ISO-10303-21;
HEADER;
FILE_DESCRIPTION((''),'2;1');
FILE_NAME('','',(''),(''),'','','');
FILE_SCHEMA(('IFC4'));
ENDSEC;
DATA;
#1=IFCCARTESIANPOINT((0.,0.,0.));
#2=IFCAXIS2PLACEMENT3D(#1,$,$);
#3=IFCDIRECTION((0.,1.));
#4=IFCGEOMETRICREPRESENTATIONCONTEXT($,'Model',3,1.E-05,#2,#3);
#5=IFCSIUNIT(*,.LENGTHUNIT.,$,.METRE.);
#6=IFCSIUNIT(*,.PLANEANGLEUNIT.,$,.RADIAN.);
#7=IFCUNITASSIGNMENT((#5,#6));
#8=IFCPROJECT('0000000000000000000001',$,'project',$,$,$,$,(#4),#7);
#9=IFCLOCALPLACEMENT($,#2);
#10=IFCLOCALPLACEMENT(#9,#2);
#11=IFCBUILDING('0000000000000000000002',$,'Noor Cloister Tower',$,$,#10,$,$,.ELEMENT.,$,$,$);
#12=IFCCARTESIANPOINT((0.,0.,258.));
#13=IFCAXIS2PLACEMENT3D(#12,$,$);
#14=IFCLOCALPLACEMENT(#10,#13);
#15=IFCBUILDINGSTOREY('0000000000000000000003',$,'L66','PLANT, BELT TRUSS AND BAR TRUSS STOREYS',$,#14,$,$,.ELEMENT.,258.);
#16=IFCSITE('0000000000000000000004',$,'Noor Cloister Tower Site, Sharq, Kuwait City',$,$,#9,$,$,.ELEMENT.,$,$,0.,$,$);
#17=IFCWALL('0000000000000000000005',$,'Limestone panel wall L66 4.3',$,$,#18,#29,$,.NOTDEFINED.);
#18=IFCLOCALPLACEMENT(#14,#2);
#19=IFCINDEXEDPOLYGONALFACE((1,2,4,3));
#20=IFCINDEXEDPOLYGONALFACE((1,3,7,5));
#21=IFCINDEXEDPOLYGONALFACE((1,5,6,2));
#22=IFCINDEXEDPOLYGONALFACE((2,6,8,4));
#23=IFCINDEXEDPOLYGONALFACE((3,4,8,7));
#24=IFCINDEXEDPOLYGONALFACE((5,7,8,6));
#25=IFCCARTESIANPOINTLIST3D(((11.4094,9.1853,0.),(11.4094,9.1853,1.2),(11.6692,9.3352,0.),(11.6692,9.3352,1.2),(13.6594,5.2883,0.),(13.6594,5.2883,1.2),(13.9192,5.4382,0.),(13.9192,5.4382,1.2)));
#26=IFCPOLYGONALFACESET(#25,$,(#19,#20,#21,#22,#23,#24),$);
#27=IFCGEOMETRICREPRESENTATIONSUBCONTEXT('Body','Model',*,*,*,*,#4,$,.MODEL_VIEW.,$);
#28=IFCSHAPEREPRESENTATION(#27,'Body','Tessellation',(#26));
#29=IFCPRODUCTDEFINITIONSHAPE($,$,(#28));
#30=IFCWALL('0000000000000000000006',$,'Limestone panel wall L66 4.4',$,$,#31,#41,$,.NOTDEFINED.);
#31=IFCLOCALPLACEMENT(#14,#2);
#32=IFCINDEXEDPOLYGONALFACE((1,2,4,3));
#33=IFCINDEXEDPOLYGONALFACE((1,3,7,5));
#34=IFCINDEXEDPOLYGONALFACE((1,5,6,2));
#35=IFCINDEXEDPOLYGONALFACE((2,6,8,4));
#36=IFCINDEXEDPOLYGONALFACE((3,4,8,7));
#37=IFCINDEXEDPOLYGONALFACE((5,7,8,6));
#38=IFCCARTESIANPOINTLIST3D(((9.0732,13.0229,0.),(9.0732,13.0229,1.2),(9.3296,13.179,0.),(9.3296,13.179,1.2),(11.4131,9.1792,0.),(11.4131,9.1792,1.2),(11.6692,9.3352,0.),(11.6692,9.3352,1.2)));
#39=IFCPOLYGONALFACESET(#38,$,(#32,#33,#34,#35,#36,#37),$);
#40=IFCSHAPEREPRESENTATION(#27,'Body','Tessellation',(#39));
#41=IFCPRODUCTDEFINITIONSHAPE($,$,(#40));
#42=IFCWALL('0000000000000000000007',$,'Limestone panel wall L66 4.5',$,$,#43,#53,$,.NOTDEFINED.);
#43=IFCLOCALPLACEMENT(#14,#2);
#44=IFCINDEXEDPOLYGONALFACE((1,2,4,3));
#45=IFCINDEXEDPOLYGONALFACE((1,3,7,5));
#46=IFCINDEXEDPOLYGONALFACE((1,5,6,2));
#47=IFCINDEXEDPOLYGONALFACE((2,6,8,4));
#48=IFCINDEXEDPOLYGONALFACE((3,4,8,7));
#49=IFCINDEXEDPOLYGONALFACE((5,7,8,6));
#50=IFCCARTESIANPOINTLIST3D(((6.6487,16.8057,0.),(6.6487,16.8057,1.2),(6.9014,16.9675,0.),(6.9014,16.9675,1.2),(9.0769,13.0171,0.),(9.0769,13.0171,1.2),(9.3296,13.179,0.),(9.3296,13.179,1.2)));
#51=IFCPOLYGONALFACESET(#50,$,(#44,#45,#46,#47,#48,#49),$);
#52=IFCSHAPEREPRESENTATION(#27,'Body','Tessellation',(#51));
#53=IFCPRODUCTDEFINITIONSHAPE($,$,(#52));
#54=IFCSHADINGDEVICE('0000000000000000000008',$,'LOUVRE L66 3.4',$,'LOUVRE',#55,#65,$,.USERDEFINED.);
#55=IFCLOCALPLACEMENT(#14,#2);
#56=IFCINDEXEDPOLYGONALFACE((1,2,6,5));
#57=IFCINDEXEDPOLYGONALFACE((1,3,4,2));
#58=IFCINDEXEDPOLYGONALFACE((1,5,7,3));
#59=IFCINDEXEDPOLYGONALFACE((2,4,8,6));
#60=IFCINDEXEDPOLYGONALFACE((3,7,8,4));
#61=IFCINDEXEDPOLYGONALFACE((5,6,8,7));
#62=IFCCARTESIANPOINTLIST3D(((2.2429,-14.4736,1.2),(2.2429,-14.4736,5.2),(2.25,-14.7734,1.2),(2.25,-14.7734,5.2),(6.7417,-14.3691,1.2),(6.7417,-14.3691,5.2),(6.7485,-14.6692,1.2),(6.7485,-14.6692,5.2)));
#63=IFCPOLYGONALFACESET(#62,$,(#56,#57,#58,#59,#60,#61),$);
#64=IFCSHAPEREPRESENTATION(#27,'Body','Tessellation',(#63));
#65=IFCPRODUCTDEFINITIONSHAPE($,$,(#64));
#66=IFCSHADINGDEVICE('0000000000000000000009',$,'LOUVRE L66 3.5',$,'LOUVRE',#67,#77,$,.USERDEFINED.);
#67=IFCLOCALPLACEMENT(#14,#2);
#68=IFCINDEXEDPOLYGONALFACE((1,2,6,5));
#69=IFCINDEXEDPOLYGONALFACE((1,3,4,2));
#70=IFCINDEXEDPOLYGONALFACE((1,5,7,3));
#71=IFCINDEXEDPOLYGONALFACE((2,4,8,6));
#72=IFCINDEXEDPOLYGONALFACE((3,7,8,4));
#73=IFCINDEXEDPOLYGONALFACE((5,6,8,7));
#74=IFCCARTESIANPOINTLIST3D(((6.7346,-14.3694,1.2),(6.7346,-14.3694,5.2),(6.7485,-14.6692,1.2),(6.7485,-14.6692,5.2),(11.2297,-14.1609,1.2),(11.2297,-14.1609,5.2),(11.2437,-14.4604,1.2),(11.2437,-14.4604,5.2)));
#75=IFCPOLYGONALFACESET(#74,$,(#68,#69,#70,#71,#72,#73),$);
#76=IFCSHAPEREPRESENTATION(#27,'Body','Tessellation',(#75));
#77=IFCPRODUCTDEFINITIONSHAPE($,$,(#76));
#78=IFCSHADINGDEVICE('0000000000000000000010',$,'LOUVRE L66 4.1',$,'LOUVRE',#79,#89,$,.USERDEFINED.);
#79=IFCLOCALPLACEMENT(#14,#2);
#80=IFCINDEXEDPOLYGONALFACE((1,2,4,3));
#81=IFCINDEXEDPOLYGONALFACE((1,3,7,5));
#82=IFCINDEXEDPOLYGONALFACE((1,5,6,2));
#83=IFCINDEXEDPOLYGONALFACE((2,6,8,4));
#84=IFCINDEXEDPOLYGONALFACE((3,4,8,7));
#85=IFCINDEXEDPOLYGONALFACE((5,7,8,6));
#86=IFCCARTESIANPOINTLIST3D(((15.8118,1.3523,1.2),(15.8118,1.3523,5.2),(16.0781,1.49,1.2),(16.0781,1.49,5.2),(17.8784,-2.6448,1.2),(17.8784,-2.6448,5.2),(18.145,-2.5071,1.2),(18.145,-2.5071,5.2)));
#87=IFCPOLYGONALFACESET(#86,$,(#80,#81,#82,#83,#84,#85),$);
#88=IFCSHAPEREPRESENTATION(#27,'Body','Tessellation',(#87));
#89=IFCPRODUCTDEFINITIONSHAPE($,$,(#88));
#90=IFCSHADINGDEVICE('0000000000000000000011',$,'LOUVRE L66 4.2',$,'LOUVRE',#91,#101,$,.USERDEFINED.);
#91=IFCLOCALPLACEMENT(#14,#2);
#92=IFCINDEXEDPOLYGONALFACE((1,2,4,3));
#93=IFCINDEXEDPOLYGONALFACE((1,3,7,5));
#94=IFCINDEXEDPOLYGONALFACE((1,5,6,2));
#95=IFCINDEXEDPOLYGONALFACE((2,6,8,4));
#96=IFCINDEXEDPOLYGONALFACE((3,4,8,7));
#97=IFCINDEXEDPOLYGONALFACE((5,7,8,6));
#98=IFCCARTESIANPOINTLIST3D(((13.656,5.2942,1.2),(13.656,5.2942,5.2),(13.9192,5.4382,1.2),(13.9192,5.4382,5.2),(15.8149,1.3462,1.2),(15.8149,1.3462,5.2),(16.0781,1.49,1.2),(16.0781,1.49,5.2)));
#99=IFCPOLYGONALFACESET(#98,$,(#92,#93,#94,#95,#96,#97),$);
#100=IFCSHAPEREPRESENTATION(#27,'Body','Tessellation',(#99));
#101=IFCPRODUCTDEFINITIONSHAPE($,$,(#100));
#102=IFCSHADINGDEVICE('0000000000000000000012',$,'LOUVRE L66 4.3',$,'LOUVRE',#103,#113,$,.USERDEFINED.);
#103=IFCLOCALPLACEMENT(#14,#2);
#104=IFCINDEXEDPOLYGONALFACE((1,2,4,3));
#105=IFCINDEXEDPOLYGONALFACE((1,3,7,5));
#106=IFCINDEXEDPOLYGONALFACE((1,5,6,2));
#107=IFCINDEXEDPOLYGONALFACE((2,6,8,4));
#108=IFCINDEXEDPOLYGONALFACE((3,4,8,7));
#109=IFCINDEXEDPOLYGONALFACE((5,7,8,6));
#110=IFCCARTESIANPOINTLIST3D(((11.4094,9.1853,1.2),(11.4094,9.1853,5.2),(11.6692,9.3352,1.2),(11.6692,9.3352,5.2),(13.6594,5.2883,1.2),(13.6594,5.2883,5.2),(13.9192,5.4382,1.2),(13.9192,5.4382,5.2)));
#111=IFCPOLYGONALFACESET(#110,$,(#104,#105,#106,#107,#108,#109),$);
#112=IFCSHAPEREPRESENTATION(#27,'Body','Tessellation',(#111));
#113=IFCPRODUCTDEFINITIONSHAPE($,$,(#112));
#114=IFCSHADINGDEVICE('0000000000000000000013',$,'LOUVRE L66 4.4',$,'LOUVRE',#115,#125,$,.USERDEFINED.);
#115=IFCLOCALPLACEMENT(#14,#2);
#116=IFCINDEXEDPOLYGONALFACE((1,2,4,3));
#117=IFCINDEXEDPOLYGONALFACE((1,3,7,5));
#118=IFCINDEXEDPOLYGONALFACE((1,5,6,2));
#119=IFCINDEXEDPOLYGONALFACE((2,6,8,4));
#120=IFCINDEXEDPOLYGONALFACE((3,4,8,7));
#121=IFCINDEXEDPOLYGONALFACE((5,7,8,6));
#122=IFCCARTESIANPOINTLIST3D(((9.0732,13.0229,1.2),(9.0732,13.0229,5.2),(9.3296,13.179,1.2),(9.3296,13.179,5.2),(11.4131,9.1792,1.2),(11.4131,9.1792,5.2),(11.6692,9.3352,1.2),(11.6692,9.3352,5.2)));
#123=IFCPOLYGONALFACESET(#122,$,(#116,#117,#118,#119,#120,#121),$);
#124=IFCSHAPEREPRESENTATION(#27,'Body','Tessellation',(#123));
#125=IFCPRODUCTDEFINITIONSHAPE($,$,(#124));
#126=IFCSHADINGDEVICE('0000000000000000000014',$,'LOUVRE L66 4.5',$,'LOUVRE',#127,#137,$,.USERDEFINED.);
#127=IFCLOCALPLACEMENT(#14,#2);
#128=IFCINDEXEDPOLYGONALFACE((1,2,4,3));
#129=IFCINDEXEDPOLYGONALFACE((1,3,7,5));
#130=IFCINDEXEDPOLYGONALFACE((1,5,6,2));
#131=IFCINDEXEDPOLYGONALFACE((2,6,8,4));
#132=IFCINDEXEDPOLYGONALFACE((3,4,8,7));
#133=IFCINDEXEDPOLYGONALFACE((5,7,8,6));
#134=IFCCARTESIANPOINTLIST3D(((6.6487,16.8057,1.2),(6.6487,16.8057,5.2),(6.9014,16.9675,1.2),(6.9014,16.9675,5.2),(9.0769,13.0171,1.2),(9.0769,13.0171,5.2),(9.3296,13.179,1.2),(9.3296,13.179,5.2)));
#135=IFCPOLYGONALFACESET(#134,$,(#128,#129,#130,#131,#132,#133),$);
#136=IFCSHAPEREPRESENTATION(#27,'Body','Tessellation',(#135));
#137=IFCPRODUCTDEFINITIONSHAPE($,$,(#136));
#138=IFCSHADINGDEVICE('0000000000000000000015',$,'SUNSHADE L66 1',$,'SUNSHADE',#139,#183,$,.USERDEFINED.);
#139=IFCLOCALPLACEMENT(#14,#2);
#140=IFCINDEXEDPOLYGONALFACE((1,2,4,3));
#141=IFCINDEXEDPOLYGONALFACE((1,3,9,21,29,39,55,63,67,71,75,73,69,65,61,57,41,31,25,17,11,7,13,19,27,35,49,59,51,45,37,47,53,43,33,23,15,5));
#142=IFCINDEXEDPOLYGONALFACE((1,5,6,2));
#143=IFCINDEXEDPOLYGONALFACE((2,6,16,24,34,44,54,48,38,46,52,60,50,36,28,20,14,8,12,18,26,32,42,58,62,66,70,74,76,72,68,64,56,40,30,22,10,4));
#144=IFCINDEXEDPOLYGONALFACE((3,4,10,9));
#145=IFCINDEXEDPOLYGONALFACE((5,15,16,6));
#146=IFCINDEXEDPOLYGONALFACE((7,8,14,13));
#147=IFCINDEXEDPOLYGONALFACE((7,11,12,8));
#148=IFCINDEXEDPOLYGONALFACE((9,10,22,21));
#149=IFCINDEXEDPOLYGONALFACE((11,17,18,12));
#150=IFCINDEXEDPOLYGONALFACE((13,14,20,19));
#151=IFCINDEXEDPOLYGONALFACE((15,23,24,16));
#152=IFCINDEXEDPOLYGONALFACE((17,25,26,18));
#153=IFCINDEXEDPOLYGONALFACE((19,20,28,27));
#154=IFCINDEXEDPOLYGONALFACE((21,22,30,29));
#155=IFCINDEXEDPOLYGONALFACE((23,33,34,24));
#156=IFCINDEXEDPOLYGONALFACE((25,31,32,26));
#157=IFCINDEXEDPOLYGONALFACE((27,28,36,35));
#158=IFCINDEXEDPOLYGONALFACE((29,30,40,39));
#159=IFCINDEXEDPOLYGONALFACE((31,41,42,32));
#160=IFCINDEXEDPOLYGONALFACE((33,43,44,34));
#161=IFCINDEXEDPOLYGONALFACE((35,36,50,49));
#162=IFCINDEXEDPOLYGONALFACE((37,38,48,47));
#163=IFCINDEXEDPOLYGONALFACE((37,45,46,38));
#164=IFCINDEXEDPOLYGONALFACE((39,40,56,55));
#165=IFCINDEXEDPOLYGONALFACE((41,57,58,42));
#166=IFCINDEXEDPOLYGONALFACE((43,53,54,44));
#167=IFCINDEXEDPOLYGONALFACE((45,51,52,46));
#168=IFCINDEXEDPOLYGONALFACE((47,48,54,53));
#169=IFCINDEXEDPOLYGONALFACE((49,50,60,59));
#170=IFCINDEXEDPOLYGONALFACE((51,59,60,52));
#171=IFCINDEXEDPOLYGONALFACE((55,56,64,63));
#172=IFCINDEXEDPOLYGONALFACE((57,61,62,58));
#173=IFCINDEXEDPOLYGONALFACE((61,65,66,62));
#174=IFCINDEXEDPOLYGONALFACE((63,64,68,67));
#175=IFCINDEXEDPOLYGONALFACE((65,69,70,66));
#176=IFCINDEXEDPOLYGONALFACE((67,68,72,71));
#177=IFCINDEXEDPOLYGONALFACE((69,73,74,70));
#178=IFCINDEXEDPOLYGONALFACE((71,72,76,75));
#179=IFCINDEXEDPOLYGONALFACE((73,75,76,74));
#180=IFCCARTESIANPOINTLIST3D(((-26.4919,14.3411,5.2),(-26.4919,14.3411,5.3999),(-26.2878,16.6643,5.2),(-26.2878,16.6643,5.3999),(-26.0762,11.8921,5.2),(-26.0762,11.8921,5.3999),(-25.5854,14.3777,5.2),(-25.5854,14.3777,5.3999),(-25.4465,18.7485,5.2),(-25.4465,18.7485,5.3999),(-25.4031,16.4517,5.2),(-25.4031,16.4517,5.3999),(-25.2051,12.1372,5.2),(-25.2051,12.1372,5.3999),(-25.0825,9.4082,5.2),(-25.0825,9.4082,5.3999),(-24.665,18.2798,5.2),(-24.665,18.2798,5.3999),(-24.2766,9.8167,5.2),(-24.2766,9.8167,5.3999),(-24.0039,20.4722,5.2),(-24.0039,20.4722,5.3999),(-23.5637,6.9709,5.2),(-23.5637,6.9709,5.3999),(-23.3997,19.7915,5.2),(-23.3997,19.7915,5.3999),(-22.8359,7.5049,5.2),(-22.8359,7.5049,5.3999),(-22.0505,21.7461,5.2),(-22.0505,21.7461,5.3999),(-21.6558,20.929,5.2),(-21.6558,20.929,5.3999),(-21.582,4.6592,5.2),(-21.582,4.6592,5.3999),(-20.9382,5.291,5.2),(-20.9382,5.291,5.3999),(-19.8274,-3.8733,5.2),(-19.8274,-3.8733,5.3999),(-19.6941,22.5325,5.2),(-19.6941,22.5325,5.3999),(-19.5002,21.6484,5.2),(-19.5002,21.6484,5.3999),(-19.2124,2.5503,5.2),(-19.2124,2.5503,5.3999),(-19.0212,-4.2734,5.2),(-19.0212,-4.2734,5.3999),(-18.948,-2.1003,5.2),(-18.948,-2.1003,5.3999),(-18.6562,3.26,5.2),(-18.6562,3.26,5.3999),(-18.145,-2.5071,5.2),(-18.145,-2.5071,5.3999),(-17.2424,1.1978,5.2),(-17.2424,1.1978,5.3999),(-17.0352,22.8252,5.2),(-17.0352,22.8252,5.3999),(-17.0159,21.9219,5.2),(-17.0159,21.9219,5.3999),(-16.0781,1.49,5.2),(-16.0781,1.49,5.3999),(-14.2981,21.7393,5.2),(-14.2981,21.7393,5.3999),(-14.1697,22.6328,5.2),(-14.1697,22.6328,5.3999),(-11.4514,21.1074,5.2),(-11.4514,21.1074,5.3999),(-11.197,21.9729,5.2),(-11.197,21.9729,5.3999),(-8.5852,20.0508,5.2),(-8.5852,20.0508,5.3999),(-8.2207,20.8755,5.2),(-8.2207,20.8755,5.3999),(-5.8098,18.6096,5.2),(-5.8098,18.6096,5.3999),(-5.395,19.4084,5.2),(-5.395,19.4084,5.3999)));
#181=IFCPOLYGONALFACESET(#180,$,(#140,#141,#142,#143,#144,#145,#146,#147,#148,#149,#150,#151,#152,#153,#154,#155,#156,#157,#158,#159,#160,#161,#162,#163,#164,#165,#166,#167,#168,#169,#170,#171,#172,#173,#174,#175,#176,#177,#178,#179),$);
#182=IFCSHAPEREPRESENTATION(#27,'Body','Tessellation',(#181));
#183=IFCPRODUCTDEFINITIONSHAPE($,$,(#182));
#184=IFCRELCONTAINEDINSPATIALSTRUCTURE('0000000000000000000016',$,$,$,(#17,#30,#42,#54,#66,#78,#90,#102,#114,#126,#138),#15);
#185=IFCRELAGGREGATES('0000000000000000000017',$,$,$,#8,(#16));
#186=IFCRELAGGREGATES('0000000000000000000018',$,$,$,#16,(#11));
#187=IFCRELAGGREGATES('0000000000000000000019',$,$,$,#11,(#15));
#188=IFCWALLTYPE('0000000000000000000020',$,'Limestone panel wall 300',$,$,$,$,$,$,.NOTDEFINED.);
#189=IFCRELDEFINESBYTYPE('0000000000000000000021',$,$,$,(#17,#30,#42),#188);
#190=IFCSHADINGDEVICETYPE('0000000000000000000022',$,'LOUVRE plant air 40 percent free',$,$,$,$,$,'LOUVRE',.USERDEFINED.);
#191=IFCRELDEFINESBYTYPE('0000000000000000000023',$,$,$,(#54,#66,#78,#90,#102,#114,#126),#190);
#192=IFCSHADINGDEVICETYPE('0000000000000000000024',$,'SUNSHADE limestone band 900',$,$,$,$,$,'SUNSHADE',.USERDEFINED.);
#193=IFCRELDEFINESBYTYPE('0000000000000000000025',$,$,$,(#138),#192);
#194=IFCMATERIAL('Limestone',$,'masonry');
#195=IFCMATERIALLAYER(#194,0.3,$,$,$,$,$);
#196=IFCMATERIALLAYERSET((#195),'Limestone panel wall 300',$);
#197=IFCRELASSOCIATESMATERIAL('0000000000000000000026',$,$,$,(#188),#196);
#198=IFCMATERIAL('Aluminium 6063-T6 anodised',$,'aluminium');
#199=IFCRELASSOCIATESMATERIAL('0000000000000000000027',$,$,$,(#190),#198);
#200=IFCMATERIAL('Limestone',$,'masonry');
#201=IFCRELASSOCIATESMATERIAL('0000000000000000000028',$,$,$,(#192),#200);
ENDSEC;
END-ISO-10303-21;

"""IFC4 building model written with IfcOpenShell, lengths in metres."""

from ifc_helpers import new_model, si_unit, direction, frame, origin, place, context, subcontext, project, spatial, polyline, outline, extrude, material, layer, layer_set, type_object, element, save


model = new_model("IFC4")

# Units and contexts
model_context = context("Model", 3, precision=1e-05, world=origin(), true_north=direction((0.0, 1.0)))
body_context = subcontext(model_context, "Body", "Model", "MODEL_VIEW")
ifc_project = project(units=[si_unit("LENGTHUNIT", "METRE"), si_unit("PLANEANGLEUNIT", "RADIAN")], contexts=[model_context])

# Site, building, storey
site_placement = place(None, origin())
site = spatial("IfcSite", under=ifc_project, at=site_placement, Name="Noor Cloister Tower Site, Sharq, Kuwait City", CompositionType="ELEMENT", RefElevation=0.0)
building_placement = place(site_placement, origin())
building = spatial("IfcBuilding", under=site, at=building_placement, Name="Noor Cloister Tower", CompositionType="ELEMENT")
storey_placement = place(building_placement, frame((0.0, 0.0, 258.0)))
storey = spatial("IfcBuildingStorey", under=building, at=storey_placement, Name="L66", Description="PLANT, BELT TRUSS AND BAR TRUSS STOREYS", CompositionType="ELEMENT", Elevation=258.0)

# Walls
ifc_material_1 = material(Name="Limestone", Category="masonry")
ifc_layer_1 = layer(ifc_material_1, 0.3)
ifc_layer_set_1 = layer_set([ifc_layer_1], Name="Limestone panel wall 300")
wall_type_1 = type_object("IfcWallType", Name="Limestone panel wall 300", PredefinedType="NOTDEFINED", material=ifc_layer_set_1)
wall_1_placement = place(storey_placement, origin())
element("IfcWall", 1, at=wall_1_placement, inside=storey, type_object=wall_type_1, Name="Limestone panel wall L66 4.3", PredefinedType="NOTDEFINED", context=body_context, shape_type="SweptSolid", body=[
    extrude(outline(polyline([(13.9192, 5.4382), (11.6692, 9.3352), (11.4094, 9.1853), (13.6594, 5.2883), (13.9192, 5.4382)])), origin(), (0.0, 0.0, 1.0), 1.2),
])
wall_2_placement = place(storey_placement, origin())
element("IfcWall", 2, at=wall_2_placement, inside=storey, type_object=wall_type_1, Name="Limestone panel wall L66 4.4", PredefinedType="NOTDEFINED", context=body_context, shape_type="SweptSolid", body=[
    extrude(outline(polyline([(11.6692, 9.3352), (9.3296, 13.179), (9.0732, 13.0229), (11.4131, 9.1792), (11.6692, 9.3352)])), origin(), (0.0, 0.0, 1.0), 1.2),
])
wall_3_placement = place(storey_placement, origin())
element("IfcWall", 3, at=wall_3_placement, inside=storey, type_object=wall_type_1, Name="Limestone panel wall L66 4.5", PredefinedType="NOTDEFINED", context=body_context, shape_type="SweptSolid", body=[
    extrude(outline(polyline([(9.3296, 13.179), (6.9014, 16.9675), (6.6487, 16.8057), (9.0769, 13.0171), (9.3296, 13.179)])), origin(), (0.0, 0.0, 1.0), 1.2),
])

# Shading devices
ifc_material_2 = material(Name="Aluminium 6063-T6 anodised", Category="aluminium")
shading_device_type_1 = type_object("IfcShadingDeviceType", Name="LOUVRE plant air 40 percent free", ElementType="LOUVRE", PredefinedType="USERDEFINED", material=ifc_material_2)
shading_device_1_placement = place(storey_placement, frame((0.0, 0.0, 1.2)))
element("IfcShadingDevice", 4, at=shading_device_1_placement, inside=storey, type_object=shading_device_type_1, Name="LOUVRE L66 3.4", ObjectType="LOUVRE", PredefinedType="USERDEFINED", context=body_context, shape_type="SweptSolid", body=[
    extrude(outline(polyline([(2.25, -14.7734), (6.7485, -14.6692), (6.7417, -14.3691), (2.2429, -14.4736), (2.25, -14.7734)])), origin(), (0.0, 0.0, 1.0), 4.0),
])
shading_device_2_placement = place(storey_placement, frame((0.0, 0.0, 1.2)))
element("IfcShadingDevice", 5, at=shading_device_2_placement, inside=storey, type_object=shading_device_type_1, Name="LOUVRE L66 3.5", ObjectType="LOUVRE", PredefinedType="USERDEFINED", context=body_context, shape_type="SweptSolid", body=[
    extrude(outline(polyline([(6.7485, -14.6692), (11.2437, -14.4604), (11.2297, -14.1609), (6.7346, -14.3694), (6.7485, -14.6692)])), origin(), (0.0, 0.0, 1.0), 4.0),
])
shading_device_3_placement = place(storey_placement, frame((0.0, 0.0, 1.2)))
element("IfcShadingDevice", 6, at=shading_device_3_placement, inside=storey, type_object=shading_device_type_1, Name="LOUVRE L66 4.1", ObjectType="LOUVRE", PredefinedType="USERDEFINED", context=body_context, shape_type="SweptSolid", body=[
    extrude(outline(polyline([(18.145, -2.5071), (16.0781, 1.49), (15.8118, 1.3523), (17.8784, -2.6448), (18.145, -2.5071)])), origin(), (0.0, 0.0, 1.0), 4.0),
])
shading_device_4_placement = place(storey_placement, frame((0.0, 0.0, 1.2)))
element("IfcShadingDevice", 7, at=shading_device_4_placement, inside=storey, type_object=shading_device_type_1, Name="LOUVRE L66 4.2", ObjectType="LOUVRE", PredefinedType="USERDEFINED", context=body_context, shape_type="SweptSolid", body=[
    extrude(outline(polyline([(16.0781, 1.49), (13.9192, 5.4382), (13.656, 5.2942), (15.8149, 1.3462), (16.0781, 1.49)])), origin(), (0.0, 0.0, 1.0), 4.0),
])
shading_device_5_placement = place(storey_placement, frame((0.0, 0.0, 1.2)))
element("IfcShadingDevice", 8, at=shading_device_5_placement, inside=storey, type_object=shading_device_type_1, Name="LOUVRE L66 4.3", ObjectType="LOUVRE", PredefinedType="USERDEFINED", context=body_context, shape_type="SweptSolid", body=[
    extrude(outline(polyline([(13.9192, 5.4382), (11.6692, 9.3352), (11.4094, 9.1853), (13.6594, 5.2883), (13.9192, 5.4382)])), origin(), (0.0, 0.0, 1.0), 4.0),
])
shading_device_6_placement = place(storey_placement, frame((0.0, 0.0, 1.2)))
element("IfcShadingDevice", 9, at=shading_device_6_placement, inside=storey, type_object=shading_device_type_1, Name="LOUVRE L66 4.4", ObjectType="LOUVRE", PredefinedType="USERDEFINED", context=body_context, shape_type="SweptSolid", body=[
    extrude(outline(polyline([(11.6692, 9.3352), (9.3296, 13.179), (9.0732, 13.0229), (11.4131, 9.1792), (11.6692, 9.3352)])), origin(), (0.0, 0.0, 1.0), 4.0),
])
shading_device_7_placement = place(storey_placement, frame((0.0, 0.0, 1.2)))
element("IfcShadingDevice", 10, at=shading_device_7_placement, inside=storey, type_object=shading_device_type_1, Name="LOUVRE L66 4.5", ObjectType="LOUVRE", PredefinedType="USERDEFINED", context=body_context, shape_type="SweptSolid", body=[
    extrude(outline(polyline([(9.3296, 13.179), (6.9014, 16.9675), (6.6487, 16.8057), (9.0769, 13.0171), (9.3296, 13.179)])), origin(), (0.0, 0.0, 1.0), 4.0),
])
ifc_material_3 = material(Name="Limestone", Category="masonry")
shading_device_type_2 = type_object("IfcShadingDeviceType", Name="SUNSHADE limestone band 900", ElementType="SUNSHADE", PredefinedType="USERDEFINED", material=ifc_material_3)
shading_device_8_placement = place(storey_placement, frame((0.0, 0.0, 5.2)))
element("IfcShadingDevice", 11, at=shading_device_8_placement, inside=storey, type_object=shading_device_type_2, Name="SUNSHADE L66 1", ObjectType="SUNSHADE", PredefinedType="USERDEFINED", context=body_context, shape_type="SweptSolid", body=[
    extrude(outline(polyline([(-5.395, 19.4084), (-8.2207, 20.8755), (-11.197, 21.9729), (-14.1697, 22.6328), (-17.0352, 22.8252), (-19.6941, 22.5325), (-22.0505, 21.7461), (-24.0039, 20.4722), (-25.4465, 18.7485), (-26.2878, 16.6643), (-26.4919, 14.3411), (-26.0762, 11.8921), (-25.0825, 9.4082), (-23.5637, 6.9709), (-21.582, 4.6592), (-19.2124, 2.5503), (-17.2424, 1.1978), (-18.948, -2.1003), (-19.8274, -3.8733), (-19.0212, -4.2734), (-18.145, -2.5071), (-16.0781, 1.49), (-18.6562, 3.26), (-20.9382, 5.291), (-22.8359, 7.5049), (-24.2766, 9.8167), (-25.2051, 12.1372), (-25.5854, 14.3777), (-25.4031, 16.4517), (-24.665, 18.2798), (-23.3997, 19.7915), (-21.6558, 20.929), (-19.5002, 21.6484), (-17.0159, 21.9219), (-14.2981, 21.7393), (-11.4514, 21.1074), (-8.5852, 20.0508), (-5.8098, 18.6096), (-5.395, 19.4084)])), origin(), (0.0, 0.0, 1.0), 0.2),
])

save(model, "model.ifc")
